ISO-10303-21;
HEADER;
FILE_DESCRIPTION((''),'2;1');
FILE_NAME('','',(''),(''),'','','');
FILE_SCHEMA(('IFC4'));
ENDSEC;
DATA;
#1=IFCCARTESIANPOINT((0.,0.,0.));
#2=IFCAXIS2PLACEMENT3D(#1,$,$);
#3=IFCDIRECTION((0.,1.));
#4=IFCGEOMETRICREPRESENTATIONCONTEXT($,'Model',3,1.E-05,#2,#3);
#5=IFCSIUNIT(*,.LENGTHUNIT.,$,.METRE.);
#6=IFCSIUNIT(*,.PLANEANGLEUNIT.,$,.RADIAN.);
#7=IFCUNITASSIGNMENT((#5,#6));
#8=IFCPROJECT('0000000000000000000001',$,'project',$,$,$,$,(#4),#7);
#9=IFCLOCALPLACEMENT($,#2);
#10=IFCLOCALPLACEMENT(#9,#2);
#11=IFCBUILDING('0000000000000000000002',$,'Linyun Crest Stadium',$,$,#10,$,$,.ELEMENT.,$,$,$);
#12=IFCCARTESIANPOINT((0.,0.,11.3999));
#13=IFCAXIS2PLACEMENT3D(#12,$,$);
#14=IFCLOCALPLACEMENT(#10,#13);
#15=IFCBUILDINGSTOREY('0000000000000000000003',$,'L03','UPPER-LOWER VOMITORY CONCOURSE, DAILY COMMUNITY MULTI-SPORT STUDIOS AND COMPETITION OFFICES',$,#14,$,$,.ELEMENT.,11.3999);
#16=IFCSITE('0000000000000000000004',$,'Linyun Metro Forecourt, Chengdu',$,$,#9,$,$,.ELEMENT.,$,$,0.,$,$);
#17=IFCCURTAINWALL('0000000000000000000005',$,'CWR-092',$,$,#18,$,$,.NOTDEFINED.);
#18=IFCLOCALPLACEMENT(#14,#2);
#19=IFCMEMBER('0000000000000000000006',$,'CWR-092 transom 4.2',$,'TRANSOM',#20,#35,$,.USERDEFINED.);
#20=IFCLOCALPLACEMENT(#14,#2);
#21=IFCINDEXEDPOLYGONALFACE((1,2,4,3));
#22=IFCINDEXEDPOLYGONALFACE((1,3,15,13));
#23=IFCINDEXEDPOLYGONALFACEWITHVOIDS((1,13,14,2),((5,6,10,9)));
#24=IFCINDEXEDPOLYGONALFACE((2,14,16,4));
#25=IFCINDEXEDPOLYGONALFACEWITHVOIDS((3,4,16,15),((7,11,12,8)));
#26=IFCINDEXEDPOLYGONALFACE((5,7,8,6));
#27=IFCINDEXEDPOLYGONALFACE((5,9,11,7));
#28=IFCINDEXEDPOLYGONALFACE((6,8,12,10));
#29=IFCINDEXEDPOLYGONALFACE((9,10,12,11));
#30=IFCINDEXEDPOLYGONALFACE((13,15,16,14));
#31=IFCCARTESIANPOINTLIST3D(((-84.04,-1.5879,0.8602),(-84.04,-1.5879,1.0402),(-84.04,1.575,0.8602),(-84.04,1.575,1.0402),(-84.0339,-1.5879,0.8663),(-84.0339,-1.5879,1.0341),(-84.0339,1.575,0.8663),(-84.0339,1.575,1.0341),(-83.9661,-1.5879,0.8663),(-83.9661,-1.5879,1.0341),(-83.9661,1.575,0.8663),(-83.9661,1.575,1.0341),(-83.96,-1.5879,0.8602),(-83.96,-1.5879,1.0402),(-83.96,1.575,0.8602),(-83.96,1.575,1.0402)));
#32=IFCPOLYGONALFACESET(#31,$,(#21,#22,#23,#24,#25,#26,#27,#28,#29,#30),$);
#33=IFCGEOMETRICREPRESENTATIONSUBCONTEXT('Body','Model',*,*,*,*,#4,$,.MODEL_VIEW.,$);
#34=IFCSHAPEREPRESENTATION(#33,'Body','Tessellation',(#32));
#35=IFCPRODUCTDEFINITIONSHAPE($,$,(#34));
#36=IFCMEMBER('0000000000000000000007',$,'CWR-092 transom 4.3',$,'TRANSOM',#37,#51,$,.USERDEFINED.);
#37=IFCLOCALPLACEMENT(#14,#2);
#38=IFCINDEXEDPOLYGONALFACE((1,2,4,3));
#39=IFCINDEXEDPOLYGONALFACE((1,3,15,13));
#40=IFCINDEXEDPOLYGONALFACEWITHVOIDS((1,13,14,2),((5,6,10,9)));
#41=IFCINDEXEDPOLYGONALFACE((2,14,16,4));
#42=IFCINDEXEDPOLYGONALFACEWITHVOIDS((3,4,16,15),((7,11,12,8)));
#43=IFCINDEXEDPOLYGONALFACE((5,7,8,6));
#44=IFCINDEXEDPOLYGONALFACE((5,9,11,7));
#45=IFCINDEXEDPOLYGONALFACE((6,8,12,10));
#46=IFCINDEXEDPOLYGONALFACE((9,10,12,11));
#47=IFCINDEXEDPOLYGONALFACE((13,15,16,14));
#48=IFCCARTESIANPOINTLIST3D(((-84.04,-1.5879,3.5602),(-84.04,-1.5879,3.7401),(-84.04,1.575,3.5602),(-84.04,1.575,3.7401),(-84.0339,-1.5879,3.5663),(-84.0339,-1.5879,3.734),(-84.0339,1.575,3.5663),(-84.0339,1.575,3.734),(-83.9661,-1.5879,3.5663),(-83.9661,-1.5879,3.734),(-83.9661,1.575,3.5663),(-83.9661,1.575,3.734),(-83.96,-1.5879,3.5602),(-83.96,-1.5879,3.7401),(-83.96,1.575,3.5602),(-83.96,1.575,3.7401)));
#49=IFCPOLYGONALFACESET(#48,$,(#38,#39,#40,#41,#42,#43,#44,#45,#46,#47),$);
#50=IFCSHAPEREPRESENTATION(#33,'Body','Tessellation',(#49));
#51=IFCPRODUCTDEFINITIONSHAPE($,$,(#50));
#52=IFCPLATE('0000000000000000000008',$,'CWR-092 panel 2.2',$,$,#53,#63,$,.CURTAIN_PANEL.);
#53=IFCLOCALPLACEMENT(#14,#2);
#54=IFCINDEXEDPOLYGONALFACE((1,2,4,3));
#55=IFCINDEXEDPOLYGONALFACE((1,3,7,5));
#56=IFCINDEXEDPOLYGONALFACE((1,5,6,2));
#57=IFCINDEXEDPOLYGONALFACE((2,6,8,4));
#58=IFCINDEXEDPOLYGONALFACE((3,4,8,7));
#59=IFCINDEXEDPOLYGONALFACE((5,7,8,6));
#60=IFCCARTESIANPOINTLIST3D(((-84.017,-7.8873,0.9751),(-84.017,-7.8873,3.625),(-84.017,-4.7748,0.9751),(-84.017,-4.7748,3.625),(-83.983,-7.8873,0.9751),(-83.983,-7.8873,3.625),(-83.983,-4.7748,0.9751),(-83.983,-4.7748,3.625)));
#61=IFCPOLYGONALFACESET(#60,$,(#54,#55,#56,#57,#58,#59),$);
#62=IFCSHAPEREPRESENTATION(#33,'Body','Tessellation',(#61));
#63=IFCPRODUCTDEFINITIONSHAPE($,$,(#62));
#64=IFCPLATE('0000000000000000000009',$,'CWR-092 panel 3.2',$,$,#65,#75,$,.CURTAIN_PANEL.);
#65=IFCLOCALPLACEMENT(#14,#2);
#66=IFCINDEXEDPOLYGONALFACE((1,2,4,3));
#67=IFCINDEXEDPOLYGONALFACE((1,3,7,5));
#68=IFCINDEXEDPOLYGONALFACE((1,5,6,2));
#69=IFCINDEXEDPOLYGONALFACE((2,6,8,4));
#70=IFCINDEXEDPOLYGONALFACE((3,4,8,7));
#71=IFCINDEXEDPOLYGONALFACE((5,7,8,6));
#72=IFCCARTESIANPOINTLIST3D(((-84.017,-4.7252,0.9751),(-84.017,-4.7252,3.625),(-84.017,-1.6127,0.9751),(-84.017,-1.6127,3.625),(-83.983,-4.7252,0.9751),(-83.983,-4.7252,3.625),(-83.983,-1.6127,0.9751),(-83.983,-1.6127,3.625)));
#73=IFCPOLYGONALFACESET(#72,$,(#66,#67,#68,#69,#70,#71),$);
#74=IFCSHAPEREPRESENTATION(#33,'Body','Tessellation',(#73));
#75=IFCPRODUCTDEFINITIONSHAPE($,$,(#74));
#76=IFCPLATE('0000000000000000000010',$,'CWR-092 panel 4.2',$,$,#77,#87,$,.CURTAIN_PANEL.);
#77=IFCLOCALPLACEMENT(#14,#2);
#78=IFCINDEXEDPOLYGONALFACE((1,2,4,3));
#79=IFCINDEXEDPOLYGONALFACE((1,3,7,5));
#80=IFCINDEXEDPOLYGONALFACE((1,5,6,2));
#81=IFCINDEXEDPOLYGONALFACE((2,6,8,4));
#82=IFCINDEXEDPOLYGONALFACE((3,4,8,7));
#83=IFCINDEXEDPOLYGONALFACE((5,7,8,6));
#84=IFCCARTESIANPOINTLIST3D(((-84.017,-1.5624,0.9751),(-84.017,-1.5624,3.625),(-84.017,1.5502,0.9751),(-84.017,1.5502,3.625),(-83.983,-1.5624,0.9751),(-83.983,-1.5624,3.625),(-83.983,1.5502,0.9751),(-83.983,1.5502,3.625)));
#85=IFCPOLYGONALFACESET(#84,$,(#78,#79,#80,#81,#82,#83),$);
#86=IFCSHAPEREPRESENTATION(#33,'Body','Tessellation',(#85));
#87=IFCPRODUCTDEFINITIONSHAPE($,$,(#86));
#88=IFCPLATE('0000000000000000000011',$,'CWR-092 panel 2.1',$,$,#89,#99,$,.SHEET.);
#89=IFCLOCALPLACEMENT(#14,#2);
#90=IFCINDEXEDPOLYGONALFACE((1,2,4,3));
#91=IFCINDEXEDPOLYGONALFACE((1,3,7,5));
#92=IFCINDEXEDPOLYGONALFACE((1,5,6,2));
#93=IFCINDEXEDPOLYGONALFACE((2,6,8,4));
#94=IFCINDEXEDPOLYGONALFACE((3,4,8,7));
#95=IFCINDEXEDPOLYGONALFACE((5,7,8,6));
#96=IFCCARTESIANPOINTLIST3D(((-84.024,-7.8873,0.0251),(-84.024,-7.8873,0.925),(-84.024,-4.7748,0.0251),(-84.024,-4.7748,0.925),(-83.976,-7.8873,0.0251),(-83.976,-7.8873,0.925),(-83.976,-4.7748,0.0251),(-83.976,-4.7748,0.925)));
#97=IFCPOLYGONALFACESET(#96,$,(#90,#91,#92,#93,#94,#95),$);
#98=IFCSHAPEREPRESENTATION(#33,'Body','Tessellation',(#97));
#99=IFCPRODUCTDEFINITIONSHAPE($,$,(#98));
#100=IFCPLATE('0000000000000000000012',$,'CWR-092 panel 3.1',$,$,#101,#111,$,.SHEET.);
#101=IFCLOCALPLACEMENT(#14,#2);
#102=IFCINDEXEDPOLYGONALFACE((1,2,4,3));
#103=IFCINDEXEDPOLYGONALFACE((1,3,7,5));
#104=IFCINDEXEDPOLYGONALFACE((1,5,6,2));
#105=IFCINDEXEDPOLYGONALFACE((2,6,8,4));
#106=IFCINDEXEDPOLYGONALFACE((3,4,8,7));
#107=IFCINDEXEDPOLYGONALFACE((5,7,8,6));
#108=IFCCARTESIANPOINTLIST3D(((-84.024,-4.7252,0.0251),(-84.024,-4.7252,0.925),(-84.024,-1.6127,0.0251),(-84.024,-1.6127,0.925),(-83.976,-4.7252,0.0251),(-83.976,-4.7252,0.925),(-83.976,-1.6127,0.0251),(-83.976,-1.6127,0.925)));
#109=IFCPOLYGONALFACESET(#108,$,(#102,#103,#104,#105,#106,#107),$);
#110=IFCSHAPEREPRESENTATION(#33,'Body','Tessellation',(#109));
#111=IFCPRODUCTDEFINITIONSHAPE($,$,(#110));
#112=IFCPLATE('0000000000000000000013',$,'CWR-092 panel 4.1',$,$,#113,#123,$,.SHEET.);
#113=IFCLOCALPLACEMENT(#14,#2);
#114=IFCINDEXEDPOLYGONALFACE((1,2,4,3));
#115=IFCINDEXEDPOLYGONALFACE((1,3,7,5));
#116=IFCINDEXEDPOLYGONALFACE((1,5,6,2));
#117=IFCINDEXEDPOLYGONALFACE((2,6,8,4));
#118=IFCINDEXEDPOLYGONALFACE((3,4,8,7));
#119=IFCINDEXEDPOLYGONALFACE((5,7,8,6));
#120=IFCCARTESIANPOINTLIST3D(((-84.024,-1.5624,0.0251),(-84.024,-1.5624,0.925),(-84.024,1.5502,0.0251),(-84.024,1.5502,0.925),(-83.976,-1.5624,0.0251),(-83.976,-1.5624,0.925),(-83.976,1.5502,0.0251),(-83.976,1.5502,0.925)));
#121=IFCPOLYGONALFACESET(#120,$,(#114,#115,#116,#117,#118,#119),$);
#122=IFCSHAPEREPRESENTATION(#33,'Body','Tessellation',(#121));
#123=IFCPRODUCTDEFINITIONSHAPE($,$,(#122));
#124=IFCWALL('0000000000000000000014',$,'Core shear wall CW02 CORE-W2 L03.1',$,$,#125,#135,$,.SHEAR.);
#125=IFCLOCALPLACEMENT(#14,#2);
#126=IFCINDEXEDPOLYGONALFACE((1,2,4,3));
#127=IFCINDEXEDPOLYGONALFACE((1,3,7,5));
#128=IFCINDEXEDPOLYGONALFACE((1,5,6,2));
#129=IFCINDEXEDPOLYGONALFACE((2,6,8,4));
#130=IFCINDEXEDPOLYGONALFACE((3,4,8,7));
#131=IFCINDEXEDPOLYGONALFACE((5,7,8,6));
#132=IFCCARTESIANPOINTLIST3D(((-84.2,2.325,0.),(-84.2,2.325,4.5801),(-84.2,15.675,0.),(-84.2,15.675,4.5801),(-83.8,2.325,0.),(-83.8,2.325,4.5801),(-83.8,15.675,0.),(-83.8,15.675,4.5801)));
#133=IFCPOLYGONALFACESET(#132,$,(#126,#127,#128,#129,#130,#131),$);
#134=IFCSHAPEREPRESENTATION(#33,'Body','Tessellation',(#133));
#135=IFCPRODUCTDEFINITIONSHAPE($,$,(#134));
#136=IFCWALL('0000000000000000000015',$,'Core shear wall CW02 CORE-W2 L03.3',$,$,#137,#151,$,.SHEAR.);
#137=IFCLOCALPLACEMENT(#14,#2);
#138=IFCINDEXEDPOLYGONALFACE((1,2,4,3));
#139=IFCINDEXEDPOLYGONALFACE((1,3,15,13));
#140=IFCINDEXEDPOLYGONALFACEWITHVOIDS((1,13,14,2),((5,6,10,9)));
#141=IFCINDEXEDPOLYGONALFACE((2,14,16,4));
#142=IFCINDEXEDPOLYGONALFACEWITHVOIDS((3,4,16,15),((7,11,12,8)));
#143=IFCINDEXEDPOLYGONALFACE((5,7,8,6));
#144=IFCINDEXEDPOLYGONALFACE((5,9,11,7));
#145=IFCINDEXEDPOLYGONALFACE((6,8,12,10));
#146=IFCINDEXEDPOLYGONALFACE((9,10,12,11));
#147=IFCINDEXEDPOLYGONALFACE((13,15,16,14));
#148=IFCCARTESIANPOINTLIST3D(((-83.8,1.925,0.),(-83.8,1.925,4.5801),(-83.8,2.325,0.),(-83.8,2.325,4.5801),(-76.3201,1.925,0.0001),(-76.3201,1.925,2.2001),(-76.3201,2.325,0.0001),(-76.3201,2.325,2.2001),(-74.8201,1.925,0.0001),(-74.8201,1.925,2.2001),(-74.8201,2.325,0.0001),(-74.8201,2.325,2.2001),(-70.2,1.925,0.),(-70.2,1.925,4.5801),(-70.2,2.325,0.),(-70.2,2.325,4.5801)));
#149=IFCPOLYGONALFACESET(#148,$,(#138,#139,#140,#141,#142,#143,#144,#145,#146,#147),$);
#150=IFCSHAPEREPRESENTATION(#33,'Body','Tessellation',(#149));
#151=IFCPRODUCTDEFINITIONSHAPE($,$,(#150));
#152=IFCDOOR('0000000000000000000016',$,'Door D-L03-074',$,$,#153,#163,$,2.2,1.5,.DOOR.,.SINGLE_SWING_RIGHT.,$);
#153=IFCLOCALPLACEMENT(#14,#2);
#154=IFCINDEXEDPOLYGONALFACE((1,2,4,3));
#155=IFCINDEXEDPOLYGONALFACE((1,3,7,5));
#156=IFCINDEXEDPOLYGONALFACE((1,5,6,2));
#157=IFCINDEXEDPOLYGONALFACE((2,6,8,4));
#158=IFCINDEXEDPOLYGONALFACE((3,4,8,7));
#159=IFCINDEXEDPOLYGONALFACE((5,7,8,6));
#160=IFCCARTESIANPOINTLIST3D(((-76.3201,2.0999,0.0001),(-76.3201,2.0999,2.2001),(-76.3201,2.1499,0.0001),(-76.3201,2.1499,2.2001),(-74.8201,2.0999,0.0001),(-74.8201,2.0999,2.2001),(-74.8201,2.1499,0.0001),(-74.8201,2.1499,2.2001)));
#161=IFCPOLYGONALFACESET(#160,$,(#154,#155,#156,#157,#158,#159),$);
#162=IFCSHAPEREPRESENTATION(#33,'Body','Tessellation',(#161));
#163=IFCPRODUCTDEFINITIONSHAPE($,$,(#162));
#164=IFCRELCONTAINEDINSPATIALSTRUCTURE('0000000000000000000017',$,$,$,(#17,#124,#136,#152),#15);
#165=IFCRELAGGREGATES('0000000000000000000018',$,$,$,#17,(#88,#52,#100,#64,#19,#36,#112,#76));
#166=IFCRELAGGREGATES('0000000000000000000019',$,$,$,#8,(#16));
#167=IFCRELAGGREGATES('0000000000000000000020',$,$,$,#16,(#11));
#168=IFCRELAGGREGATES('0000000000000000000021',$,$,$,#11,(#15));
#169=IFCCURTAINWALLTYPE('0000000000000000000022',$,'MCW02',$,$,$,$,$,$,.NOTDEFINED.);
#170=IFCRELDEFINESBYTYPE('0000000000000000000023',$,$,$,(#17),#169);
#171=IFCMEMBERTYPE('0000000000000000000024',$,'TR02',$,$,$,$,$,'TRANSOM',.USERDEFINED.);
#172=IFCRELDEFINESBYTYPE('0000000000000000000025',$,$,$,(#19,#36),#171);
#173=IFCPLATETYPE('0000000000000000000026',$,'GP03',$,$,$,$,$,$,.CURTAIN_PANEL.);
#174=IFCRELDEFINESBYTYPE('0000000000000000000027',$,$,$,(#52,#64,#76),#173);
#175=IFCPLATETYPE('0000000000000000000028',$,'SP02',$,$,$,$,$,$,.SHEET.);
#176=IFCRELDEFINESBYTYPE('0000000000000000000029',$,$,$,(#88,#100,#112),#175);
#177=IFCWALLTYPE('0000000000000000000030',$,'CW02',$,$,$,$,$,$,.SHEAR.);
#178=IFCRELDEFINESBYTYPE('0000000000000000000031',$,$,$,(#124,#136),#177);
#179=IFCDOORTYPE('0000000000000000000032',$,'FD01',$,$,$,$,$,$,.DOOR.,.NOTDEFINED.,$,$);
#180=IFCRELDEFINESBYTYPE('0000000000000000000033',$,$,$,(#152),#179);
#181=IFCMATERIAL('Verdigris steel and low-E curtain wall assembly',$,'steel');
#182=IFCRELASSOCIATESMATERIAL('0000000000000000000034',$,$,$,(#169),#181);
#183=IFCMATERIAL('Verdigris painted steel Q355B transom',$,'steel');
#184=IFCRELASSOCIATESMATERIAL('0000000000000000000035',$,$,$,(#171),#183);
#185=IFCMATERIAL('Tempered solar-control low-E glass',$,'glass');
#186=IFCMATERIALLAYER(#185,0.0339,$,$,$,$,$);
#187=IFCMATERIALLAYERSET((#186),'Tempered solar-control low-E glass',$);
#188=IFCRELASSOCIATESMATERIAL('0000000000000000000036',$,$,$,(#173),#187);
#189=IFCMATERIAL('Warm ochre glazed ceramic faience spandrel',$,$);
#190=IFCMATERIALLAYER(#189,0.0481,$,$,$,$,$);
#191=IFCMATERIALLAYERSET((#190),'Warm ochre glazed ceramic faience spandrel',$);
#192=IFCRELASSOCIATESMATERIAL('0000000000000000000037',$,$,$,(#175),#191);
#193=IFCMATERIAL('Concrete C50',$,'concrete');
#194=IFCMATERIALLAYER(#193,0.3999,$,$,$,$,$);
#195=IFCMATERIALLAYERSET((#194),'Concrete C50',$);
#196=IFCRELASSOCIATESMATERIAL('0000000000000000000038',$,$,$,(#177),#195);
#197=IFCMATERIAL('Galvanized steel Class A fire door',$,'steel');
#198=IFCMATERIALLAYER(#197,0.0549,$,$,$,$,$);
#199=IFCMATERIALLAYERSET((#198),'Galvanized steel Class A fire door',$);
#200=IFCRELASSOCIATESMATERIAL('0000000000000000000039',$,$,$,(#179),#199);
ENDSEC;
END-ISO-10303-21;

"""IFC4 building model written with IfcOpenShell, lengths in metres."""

from ifc_helpers import new_model, si_unit, direction, frame, frame_2d, origin, origin_2d, place, context, subcontext, project, spatial, rectangle, hollow_rectangle, extrude, material, layer, layer_set, material_profile, profile_set, type_object, element, fill, aggregate, save


model = new_model("IFC4")

# Units and contexts
model_context = context("Model", 3, precision=1e-05, world=origin(), true_north=direction((0.0, 1.0)))
body_context = subcontext(model_context, "Body", "Model", "MODEL_VIEW")
ifc_project = project(units=[si_unit("LENGTHUNIT", "METRE"), si_unit("PLANEANGLEUNIT", "RADIAN")], contexts=[model_context])

# Site, building, storey
site_placement = place(None, origin())
site = spatial("IfcSite", under=ifc_project, at=site_placement, Name="Linyun Metro Forecourt, Chengdu", CompositionType="ELEMENT", RefElevation=0.0)
building_placement = place(site_placement, origin())
building = spatial("IfcBuilding", under=site, at=building_placement, Name="Linyun Crest Stadium", CompositionType="ELEMENT")
storey_placement = place(building_placement, frame((0.0, 0.0, 11.3999)))
storey = spatial("IfcBuildingStorey", under=building, at=storey_placement, Name="L03", Description="UPPER-LOWER VOMITORY CONCOURSE, DAILY COMMUNITY MULTI-SPORT STUDIOS AND COMPETITION OFFICES", CompositionType="ELEMENT", Elevation=11.3999)

# Curtain wall
ifc_material_1 = material(Name="Verdigris steel and low-E curtain wall assembly", Category="steel")
curtain_wall_type = type_object("IfcCurtainWallType", Name="MCW02", PredefinedType="NOTDEFINED", material=ifc_material_1)
curtain_wall_placement = place(storey_placement, origin())
curtain_wall = element("IfcCurtainWall", 1, at=curtain_wall_placement, inside=storey, type_object=curtain_wall_type, Name="CWR-092", PredefinedType="NOTDEFINED")

# Members
ifc_material_2 = material(Name="Verdigris painted steel Q355B transom", Category="steel")
ifc_material_profile_1 = material_profile(ifc_material_2, hollow_rectangle(XDim=0.0801, YDim=0.1799, WallThickness=0.0061, at=origin_2d()), Name="RHS 180x80x6")
ifc_profile_set_1 = profile_set([ifc_material_profile_1], Name="Verdigris painted steel Q355B transom")
member_type_1 = type_object("IfcMemberType", Name="TR02", ElementType="TRANSOM", PredefinedType="USERDEFINED", material=ifc_profile_set_1)
member_1_placement = place(storey_placement, frame((-84.0, -1.5879, 0.9502), z_axis=(0.0, 1.0, 0.0), x_axis=(-1.0, 0.0, 0.0)))
member_1 = element("IfcMember", 2, at=member_1_placement, type_object=member_type_1, Name="CWR-092 transom 4.2", ObjectType="TRANSOM", PredefinedType="USERDEFINED", context=body_context, shape_type="SweptSolid", body=[
    extrude(hollow_rectangle(XDim=0.0801, YDim=0.1799, WallThickness=0.0061, at=origin_2d()), origin(), (0.0, 0.0, 1.0), 3.1628),
])
member_2_placement = place(storey_placement, frame((-84.0, -1.5879, 3.6501), z_axis=(0.0, 1.0, 0.0), x_axis=(-1.0, 0.0, 0.0)))
member_2 = element("IfcMember", 3, at=member_2_placement, type_object=member_type_1, Name="CWR-092 transom 4.3", ObjectType="TRANSOM", PredefinedType="USERDEFINED", context=body_context, shape_type="SweptSolid", body=[
    extrude(hollow_rectangle(XDim=0.0801, YDim=0.1799, WallThickness=0.0061, at=origin_2d()), origin(), (0.0, 0.0, 1.0), 3.1628),
])

# Plates
ifc_material_3 = material(Name="Tempered solar-control low-E glass", Category="glass")
ifc_layer_1 = layer(ifc_material_3, 0.0339)
ifc_layer_set_1 = layer_set([ifc_layer_1], Name="Tempered solar-control low-E glass")
plate_type_1 = type_object("IfcPlateType", Name="GP03", PredefinedType="CURTAIN_PANEL", material=ifc_layer_set_1)
plate_1_placement = place(storey_placement, frame((-84.0, -6.3311, 0.9751), z_axis=(0.0, 0.0, 1.0), x_axis=(0.0, 1.0, 0.0)))
plate_1 = element("IfcPlate", 4, at=plate_1_placement, type_object=plate_type_1, Name="CWR-092 panel 2.2", PredefinedType="CURTAIN_PANEL", context=body_context, shape_type="SweptSolid", body=[
    extrude(rectangle(XDim=3.1125, YDim=0.0339, at=origin_2d()), origin(), (0.0, 0.0, 1.0), 2.6499),
])
plate_2_placement = place(storey_placement, frame((-84.0, -3.1689, 0.9751), z_axis=(0.0, 0.0, 1.0), x_axis=(0.0, 1.0, 0.0)))
plate_2 = element("IfcPlate", 5, at=plate_2_placement, type_object=plate_type_1, Name="CWR-092 panel 3.2", PredefinedType="CURTAIN_PANEL", context=body_context, shape_type="SweptSolid", body=[
    extrude(rectangle(XDim=3.1125, YDim=0.0339, at=origin_2d()), origin(), (0.0, 0.0, 1.0), 2.6499),
])
plate_3_placement = place(storey_placement, frame((-84.0, -0.0061, 0.9751), z_axis=(0.0, 0.0, 1.0), x_axis=(0.0, 1.0, 0.0)))
plate_3 = element("IfcPlate", 6, at=plate_3_placement, type_object=plate_type_1, Name="CWR-092 panel 4.2", PredefinedType="CURTAIN_PANEL", context=body_context, shape_type="SweptSolid", body=[
    extrude(rectangle(XDim=3.1125, YDim=0.0339, at=origin_2d()), origin(), (0.0, 0.0, 1.0), 2.6499),
])
ifc_material_4 = material(Name="Warm ochre glazed ceramic faience spandrel")
ifc_layer_2 = layer(ifc_material_4, 0.0481)
ifc_layer_set_2 = layer_set([ifc_layer_2], Name="Warm ochre glazed ceramic faience spandrel")
plate_type_2 = type_object("IfcPlateType", Name="SP02", PredefinedType="SHEET", material=ifc_layer_set_2)
plate_4_placement = place(storey_placement, frame((-84.0, -6.3311, 0.0251), z_axis=(0.0, 0.0, 1.0), x_axis=(0.0, 1.0, 0.0)))
plate_4 = element("IfcPlate", 7, at=plate_4_placement, type_object=plate_type_2, Name="CWR-092 panel 2.1", PredefinedType="SHEET", context=body_context, shape_type="SweptSolid", body=[
    extrude(rectangle(XDim=3.1125, YDim=0.0481, at=origin_2d()), origin(), (0.0, 0.0, 1.0), 0.8999),
])
plate_5_placement = place(storey_placement, frame((-84.0, -3.1689, 0.0251), z_axis=(0.0, 0.0, 1.0), x_axis=(0.0, 1.0, 0.0)))
plate_5 = element("IfcPlate", 8, at=plate_5_placement, type_object=plate_type_2, Name="CWR-092 panel 3.1", PredefinedType="SHEET", context=body_context, shape_type="SweptSolid", body=[
    extrude(rectangle(XDim=3.1125, YDim=0.0481, at=origin_2d()), origin(), (0.0, 0.0, 1.0), 0.8999),
])
plate_6_placement = place(storey_placement, frame((-84.0, -0.0061, 0.0251), z_axis=(0.0, 0.0, 1.0), x_axis=(0.0, 1.0, 0.0)))
plate_6 = element("IfcPlate", 9, at=plate_6_placement, type_object=plate_type_2, Name="CWR-092 panel 4.1", PredefinedType="SHEET", context=body_context, shape_type="SweptSolid", body=[
    extrude(rectangle(XDim=3.1125, YDim=0.0481, at=origin_2d()), origin(), (0.0, 0.0, 1.0), 0.8999),
])
aggregate(curtain_wall, [plate_4, plate_1, plate_5, plate_2, member_1, member_2, plate_6, plate_3])

# Wall
ifc_material_5 = material(Name="Concrete C50", Category="concrete")
ifc_layer_3 = layer(ifc_material_5, 0.3999)
ifc_layer_set_3 = layer_set([ifc_layer_3], Name="Concrete C50")
wall_type_1 = type_object("IfcWallType", Name="CW02", PredefinedType="SHEAR", material=ifc_layer_set_3)
wall_1_placement = place(storey_placement, frame((-84.0, 2.325, 0.0), z_axis=(0.0, 0.0, 1.0), x_axis=(0.0, 1.0, 0.0)))
element("IfcWall", 10, at=wall_1_placement, inside=storey, type_object=wall_type_1, Name="Core shear wall CW02 CORE-W2 L03.1", PredefinedType="SHEAR", context=body_context, shape_type="SweptSolid", body=[
    extrude(rectangle(XDim=13.3501, YDim=0.3999, at=frame_2d((6.675, 0.0))), origin(), (0.0, 0.0, 1.0), 4.5801),
])

# Wall, opening, door
wall_2_placement = place(storey_placement, frame((-83.8, 2.125, 0.0), z_axis=(0.0, 0.0, 1.0), x_axis=(1.0, 0.0, 0.0)))
wall_2 = element("IfcWall", 11, at=wall_2_placement, inside=storey, type_object=wall_type_1, Name="Core shear wall CW02 CORE-W2 L03.3", PredefinedType="SHEAR", context=body_context, shape_type="SweptSolid", body=[
    extrude(rectangle(XDim=13.6001, YDim=0.3999, at=frame_2d((6.8, 0.0))), origin(), (0.0, 0.0, 1.0), 4.5801),
])
opening_1_placement = place(wall_2_placement, frame((7.48, 0.0, 0.0)))
opening_1 = element("IfcOpeningElement", 12, at=opening_1_placement, cuts=wall_2, PredefinedType="OPENING", context=body_context, shape_type="SweptSolid", body=[
    extrude(rectangle(XDim=1.5, YDim=2.2, at=frame_2d((0.75, 1.1001))), frame((0.0, 0.21, 0.0), z_axis=(0.0, -1.0, 0.0), x_axis=(1.0, 0.0, 0.0)), (0.0, 0.0, 1.0), 0.4199),
])
ifc_material_6 = material(Name="Galvanized steel Class A fire door", Category="steel")
ifc_layer_4 = layer(ifc_material_6, 0.0549)
ifc_layer_set_4 = layer_set([ifc_layer_4], Name="Galvanized steel Class A fire door")
door_type_1 = type_object("IfcDoorType", Name="FD01", OperationType="NOTDEFINED", PredefinedType="DOOR", material=ifc_layer_set_4)
door_1_placement = place(opening_1_placement, origin())
door_1 = element("IfcDoor", 13, at=door_1_placement, inside=storey, type_object=door_type_1, Name="Door D-L03-074", OperationType="SINGLE_SWING_RIGHT", OverallHeight=2.2, OverallWidth=1.5, PredefinedType="DOOR", context=body_context, shape_type="SweptSolid", body=[
    extrude(rectangle(XDim=1.5, YDim=2.2, at=frame_2d((0.75, 1.1001))), frame((0.0, 0.0249, 0.0), z_axis=(0.0, -1.0, 0.0), x_axis=(1.0, 0.0, 0.0)), (0.0, 0.0, 1.0), 0.05),
])
fill(opening_1, door_1)

save(model, "model.ifc")
